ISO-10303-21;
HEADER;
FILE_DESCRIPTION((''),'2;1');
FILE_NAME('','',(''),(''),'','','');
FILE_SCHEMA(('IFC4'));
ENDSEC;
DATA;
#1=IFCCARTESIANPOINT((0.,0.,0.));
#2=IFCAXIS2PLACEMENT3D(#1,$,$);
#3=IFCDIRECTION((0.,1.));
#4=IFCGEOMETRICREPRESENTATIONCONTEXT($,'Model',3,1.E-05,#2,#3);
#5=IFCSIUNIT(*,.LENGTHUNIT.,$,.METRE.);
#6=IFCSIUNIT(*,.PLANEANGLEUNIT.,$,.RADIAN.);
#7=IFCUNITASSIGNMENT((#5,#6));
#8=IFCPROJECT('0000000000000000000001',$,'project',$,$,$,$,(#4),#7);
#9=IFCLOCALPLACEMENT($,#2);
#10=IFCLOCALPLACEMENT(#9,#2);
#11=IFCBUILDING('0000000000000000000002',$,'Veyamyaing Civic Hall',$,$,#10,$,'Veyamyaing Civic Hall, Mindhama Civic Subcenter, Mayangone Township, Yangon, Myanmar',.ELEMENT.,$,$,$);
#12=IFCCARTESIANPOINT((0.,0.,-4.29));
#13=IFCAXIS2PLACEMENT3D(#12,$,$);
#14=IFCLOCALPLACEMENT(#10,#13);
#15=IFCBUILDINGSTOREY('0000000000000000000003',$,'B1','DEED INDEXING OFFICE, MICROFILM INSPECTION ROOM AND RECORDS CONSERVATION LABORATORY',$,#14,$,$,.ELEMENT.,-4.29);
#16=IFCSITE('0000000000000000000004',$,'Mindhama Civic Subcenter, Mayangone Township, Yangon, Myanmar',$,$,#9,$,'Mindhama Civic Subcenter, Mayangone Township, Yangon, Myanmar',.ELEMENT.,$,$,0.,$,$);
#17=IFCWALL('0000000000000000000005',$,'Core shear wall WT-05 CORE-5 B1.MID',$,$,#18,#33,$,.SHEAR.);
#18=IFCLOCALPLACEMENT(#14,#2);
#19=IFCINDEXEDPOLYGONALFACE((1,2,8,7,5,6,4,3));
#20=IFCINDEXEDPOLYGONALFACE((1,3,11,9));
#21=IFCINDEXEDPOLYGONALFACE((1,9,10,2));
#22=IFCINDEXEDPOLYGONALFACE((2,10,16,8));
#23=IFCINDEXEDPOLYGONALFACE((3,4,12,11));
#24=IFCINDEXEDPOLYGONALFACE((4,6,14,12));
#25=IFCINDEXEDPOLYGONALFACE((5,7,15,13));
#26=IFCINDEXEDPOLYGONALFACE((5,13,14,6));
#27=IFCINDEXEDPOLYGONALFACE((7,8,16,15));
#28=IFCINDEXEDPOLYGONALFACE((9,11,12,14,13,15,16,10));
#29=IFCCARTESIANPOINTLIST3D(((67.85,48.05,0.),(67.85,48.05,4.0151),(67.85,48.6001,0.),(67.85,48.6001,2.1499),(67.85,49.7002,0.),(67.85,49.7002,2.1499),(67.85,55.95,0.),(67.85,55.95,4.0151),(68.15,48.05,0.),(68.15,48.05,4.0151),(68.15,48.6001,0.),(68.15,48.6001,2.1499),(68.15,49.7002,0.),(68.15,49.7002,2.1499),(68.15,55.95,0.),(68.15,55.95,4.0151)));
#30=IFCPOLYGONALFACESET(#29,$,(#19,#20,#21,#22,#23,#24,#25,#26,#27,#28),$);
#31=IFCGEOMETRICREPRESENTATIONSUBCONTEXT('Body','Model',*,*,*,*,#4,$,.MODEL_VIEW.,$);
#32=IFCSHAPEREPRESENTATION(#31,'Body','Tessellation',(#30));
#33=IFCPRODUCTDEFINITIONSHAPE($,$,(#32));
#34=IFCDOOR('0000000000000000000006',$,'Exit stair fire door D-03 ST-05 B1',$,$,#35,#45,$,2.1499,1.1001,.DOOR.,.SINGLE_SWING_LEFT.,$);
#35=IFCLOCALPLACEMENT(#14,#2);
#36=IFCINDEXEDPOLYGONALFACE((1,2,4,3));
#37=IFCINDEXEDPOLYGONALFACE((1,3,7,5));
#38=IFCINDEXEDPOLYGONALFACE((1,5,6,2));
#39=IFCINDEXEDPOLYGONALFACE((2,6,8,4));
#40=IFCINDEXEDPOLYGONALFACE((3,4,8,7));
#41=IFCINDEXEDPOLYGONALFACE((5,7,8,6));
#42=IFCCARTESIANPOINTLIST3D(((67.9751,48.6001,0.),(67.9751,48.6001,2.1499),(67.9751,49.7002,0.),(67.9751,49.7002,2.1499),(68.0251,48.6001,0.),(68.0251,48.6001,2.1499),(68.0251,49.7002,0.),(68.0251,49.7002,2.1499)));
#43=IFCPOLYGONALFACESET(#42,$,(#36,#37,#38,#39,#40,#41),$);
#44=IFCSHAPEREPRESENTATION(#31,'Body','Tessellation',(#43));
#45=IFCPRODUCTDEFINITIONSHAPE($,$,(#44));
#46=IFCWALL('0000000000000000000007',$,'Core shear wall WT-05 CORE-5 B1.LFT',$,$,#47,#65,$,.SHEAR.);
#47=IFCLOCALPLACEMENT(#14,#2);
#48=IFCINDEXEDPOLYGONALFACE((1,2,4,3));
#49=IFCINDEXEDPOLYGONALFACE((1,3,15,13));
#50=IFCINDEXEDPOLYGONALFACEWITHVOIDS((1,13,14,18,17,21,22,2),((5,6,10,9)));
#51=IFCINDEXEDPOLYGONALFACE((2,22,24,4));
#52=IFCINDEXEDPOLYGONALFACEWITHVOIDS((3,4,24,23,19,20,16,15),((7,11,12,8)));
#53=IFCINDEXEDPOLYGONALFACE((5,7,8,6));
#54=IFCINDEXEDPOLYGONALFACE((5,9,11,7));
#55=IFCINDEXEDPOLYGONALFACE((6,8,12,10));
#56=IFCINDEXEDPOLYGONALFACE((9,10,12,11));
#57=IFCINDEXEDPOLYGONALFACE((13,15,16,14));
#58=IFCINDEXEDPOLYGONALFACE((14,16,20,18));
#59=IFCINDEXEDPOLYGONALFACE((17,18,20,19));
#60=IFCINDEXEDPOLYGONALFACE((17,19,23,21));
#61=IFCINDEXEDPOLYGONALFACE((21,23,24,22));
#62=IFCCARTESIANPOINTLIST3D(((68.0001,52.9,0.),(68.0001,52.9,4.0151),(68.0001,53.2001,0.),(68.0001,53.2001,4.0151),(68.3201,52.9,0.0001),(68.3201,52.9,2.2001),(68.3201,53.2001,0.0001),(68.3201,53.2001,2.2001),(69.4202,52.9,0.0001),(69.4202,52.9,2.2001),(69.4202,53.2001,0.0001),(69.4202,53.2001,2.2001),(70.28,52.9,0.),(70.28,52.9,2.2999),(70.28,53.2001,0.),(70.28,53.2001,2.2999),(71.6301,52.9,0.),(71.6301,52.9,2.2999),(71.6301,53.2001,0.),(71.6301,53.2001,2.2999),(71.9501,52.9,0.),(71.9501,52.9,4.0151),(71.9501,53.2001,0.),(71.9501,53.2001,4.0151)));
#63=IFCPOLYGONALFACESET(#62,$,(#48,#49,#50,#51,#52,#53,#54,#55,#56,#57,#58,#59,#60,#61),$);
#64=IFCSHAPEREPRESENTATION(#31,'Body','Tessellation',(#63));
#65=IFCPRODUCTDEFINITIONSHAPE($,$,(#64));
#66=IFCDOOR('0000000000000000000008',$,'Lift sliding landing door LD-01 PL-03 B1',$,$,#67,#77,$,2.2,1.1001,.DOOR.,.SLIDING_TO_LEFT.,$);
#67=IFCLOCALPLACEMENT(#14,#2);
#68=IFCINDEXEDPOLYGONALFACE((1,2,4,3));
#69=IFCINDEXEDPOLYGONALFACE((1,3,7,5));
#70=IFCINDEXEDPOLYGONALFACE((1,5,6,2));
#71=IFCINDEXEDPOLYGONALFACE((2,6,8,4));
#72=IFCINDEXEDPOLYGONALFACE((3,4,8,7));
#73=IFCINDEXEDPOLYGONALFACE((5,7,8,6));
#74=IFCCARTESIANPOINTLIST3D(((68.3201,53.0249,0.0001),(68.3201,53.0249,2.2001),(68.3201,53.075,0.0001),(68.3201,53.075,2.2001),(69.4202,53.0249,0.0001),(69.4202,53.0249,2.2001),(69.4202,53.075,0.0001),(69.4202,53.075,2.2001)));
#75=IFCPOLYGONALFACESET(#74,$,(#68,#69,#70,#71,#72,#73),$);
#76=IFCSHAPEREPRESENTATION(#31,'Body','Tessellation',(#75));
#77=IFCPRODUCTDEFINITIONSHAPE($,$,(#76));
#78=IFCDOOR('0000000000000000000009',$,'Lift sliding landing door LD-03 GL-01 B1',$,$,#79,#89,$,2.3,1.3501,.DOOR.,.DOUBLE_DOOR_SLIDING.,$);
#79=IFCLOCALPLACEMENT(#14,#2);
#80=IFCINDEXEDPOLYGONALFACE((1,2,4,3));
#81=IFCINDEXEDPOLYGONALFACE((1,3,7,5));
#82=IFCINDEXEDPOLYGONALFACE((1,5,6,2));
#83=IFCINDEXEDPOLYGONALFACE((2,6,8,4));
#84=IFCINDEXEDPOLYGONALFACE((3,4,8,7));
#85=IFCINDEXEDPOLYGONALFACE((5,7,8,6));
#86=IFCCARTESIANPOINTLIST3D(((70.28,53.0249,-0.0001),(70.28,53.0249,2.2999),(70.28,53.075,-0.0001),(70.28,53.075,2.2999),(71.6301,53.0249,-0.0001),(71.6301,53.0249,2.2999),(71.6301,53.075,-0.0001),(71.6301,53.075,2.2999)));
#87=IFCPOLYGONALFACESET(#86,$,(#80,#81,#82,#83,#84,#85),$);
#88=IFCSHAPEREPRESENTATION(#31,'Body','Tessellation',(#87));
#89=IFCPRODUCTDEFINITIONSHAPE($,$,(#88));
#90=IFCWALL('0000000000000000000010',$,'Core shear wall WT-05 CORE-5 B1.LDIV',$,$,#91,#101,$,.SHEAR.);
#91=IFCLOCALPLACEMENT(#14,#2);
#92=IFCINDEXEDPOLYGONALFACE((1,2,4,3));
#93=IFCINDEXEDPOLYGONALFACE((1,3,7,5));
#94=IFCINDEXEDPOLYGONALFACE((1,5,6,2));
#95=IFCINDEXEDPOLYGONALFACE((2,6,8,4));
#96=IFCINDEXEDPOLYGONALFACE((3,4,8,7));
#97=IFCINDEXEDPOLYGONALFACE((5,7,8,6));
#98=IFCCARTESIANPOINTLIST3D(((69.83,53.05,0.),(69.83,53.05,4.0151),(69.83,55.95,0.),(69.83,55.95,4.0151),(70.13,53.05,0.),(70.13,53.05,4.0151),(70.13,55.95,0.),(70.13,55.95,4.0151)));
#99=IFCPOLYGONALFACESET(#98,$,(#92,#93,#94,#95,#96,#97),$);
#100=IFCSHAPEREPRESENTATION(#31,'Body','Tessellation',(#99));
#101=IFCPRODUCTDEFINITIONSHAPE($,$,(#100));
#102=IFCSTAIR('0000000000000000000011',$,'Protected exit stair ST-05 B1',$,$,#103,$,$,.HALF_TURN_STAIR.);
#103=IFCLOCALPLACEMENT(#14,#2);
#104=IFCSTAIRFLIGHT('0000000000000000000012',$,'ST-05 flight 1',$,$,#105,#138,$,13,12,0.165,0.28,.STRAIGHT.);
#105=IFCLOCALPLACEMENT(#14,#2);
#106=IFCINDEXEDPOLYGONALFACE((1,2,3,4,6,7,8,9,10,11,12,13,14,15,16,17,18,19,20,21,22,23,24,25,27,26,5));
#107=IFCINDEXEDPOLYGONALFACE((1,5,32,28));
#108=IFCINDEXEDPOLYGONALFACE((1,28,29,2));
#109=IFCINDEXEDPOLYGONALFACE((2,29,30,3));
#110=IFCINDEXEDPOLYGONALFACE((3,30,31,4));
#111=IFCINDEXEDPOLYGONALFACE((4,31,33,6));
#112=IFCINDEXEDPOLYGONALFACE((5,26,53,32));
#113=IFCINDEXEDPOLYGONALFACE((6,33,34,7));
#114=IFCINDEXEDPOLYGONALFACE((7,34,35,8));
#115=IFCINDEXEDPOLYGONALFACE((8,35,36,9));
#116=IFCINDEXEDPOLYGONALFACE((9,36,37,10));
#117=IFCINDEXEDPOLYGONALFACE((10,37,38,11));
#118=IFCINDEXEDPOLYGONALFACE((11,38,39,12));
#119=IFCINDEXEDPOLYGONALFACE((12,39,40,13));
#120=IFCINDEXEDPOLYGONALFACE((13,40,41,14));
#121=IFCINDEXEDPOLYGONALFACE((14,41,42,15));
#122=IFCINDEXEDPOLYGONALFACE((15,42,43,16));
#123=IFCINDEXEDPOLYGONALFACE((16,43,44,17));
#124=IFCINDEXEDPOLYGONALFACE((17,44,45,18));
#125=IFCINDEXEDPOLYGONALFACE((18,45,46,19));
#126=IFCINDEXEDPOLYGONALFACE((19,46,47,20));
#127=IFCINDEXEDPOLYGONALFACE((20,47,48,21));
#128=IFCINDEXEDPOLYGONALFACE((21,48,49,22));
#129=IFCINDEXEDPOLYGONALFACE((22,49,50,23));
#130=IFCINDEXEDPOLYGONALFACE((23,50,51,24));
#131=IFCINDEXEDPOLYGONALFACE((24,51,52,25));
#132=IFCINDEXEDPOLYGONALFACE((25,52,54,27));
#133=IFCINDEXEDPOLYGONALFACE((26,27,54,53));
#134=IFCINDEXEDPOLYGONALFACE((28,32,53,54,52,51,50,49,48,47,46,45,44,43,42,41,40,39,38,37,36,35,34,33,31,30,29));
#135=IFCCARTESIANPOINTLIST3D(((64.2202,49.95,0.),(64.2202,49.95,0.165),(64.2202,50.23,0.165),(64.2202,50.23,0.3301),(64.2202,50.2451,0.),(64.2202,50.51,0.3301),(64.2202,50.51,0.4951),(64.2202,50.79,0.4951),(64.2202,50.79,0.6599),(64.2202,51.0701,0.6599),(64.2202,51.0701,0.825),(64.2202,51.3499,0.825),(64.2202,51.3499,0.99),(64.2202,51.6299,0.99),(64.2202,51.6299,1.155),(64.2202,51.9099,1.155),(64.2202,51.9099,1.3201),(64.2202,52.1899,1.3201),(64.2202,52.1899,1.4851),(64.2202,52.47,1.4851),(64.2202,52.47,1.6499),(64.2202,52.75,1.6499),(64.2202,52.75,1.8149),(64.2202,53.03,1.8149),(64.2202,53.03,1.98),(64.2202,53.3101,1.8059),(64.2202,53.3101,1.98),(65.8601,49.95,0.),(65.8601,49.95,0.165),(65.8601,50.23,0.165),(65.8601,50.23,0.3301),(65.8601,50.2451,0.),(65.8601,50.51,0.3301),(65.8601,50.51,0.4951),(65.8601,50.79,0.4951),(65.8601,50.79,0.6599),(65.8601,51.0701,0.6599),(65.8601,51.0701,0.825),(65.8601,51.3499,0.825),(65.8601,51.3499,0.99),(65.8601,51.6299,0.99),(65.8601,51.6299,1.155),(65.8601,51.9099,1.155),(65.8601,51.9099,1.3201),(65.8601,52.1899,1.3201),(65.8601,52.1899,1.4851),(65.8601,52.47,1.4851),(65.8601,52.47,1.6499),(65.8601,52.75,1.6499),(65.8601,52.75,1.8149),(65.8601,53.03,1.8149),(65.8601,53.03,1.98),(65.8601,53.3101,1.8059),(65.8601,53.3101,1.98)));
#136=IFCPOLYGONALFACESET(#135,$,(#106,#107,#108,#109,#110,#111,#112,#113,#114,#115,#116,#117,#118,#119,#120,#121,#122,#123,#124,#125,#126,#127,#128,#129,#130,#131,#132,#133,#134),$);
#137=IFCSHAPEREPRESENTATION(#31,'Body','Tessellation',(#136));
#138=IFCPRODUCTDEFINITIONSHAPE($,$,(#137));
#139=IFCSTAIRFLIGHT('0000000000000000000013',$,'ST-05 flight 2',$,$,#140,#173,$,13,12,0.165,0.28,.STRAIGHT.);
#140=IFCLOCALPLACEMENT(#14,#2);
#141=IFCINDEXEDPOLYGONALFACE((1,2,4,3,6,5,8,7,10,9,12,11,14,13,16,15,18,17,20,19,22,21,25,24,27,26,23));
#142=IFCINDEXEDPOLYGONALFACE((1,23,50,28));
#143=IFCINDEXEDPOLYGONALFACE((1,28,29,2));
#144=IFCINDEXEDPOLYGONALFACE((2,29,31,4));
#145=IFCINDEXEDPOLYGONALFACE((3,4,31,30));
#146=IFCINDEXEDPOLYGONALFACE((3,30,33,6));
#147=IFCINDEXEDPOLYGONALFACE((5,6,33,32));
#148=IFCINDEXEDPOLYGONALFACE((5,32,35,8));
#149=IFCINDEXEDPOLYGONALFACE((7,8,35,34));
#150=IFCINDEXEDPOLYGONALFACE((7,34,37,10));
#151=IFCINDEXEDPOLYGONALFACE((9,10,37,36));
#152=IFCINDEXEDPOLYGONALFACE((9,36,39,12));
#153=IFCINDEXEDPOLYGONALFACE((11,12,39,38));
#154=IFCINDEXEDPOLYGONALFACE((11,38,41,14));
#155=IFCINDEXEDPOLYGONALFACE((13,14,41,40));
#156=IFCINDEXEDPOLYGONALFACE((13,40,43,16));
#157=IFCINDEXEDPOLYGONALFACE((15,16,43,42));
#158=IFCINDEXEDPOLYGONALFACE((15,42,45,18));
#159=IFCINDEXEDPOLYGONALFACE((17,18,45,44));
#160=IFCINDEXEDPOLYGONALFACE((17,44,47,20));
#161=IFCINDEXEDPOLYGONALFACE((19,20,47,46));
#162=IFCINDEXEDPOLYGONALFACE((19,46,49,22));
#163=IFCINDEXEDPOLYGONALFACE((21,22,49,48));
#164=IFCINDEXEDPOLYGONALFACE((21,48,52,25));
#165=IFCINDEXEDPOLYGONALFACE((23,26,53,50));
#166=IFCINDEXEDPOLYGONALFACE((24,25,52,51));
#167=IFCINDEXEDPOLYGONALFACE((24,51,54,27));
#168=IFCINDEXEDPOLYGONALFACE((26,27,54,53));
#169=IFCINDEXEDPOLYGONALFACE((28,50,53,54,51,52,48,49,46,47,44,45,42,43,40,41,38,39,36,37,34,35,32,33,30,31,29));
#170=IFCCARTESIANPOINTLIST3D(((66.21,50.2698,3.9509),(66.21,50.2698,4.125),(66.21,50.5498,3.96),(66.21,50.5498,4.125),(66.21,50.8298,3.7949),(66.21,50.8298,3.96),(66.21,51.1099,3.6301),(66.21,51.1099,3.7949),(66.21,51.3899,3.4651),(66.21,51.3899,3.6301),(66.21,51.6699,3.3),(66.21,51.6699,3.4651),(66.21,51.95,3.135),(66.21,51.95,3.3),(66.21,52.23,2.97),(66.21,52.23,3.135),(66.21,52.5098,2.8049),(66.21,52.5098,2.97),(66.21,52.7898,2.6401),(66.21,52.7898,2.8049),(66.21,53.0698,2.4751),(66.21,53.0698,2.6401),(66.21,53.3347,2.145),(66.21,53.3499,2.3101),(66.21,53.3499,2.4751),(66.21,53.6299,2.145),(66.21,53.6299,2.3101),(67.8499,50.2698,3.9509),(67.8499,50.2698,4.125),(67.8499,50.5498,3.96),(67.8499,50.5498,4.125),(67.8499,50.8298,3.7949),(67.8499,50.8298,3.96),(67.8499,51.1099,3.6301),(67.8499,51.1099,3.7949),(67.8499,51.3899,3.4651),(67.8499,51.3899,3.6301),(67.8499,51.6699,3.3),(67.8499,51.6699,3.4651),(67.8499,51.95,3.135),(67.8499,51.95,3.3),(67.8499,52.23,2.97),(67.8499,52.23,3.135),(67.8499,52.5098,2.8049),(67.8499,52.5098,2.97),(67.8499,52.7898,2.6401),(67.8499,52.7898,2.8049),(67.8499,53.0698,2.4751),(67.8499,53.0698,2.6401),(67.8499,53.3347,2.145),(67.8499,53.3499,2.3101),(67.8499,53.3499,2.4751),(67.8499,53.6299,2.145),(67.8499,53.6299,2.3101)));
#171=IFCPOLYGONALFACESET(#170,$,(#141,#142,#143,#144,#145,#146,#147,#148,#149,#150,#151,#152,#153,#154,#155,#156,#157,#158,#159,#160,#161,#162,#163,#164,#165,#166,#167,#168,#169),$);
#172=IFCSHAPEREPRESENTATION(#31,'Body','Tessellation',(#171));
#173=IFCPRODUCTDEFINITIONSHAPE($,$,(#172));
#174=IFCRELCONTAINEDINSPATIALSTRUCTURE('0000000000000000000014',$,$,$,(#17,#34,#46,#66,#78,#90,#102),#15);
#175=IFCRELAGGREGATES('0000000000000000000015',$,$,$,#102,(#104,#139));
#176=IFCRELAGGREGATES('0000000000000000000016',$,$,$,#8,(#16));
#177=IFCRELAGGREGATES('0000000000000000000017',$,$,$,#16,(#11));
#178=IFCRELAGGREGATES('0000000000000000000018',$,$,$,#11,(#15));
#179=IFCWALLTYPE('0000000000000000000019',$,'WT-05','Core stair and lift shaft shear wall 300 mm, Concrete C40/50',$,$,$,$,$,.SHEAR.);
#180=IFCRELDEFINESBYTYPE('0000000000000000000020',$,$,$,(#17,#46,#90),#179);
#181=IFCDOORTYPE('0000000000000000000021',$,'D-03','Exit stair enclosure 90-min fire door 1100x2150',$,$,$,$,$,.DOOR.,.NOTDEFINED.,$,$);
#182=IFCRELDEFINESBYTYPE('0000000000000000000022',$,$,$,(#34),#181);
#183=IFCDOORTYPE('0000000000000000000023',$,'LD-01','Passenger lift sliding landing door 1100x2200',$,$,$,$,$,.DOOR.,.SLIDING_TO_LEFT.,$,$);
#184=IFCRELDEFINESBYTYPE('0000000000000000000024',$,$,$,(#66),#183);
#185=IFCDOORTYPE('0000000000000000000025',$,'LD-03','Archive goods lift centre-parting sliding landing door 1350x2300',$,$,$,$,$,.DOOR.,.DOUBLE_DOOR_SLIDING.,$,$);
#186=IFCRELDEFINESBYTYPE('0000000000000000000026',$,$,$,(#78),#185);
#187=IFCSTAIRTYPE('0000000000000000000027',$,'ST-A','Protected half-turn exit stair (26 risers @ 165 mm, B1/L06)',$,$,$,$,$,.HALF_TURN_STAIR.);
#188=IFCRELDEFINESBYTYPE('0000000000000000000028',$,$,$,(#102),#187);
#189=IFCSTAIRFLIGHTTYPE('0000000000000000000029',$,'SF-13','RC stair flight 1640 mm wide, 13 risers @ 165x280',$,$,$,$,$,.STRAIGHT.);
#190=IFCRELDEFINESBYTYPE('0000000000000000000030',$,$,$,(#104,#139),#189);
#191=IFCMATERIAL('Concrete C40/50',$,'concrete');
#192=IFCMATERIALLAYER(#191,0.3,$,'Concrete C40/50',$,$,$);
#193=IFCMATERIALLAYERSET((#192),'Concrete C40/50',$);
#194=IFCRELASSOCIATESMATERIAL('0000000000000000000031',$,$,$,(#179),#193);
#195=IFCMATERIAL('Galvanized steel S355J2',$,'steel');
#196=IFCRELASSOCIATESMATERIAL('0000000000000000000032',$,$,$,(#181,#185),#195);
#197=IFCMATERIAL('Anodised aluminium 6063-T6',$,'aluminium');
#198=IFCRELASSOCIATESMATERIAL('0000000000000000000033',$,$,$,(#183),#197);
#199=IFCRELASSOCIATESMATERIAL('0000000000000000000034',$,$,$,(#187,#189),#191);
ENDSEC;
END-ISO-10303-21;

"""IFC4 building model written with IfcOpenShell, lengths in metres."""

from ifc_helpers import new_model, si_unit, direction, frame, frame_2d, origin, place, context, subcontext, project, spatial, polyline, rectangle, outline, extrude, material, layer, layer_set, type_object, element, fill, aggregate, save


model = new_model("IFC4")

# Units and contexts
model_context = context("Model", 3, precision=1e-05, world=origin(), true_north=direction((0.0, 1.0)))
body_context = subcontext(model_context, "Body", "Model", "MODEL_VIEW")
ifc_project = project(units=[si_unit("LENGTHUNIT", "METRE"), si_unit("PLANEANGLEUNIT", "RADIAN")], contexts=[model_context])

# Site, building, storey
site_placement = place(None, origin())
site = spatial("IfcSite", under=ifc_project, at=site_placement, Name="Mindhama Civic Subcenter, Mayangone Township, Yangon, Myanmar", LongName="Mindhama Civic Subcenter, Mayangone Township, Yangon, Myanmar", CompositionType="ELEMENT", RefElevation=0.0)
building_placement = place(site_placement, origin())
building = spatial("IfcBuilding", under=site, at=building_placement, Name="Veyamyaing Civic Hall", LongName="Veyamyaing Civic Hall, Mindhama Civic Subcenter, Mayangone Township, Yangon, Myanmar", CompositionType="ELEMENT")
storey_placement = place(building_placement, frame((0.0, 0.0, -4.29)))
storey = spatial("IfcBuildingStorey", under=building, at=storey_placement, Name="B1", Description="DEED INDEXING OFFICE, MICROFILM INSPECTION ROOM AND RECORDS CONSERVATION LABORATORY", CompositionType="ELEMENT", Elevation=-4.29)

# Shared definitions
ifc_material_1 = material(Name="Concrete C40/50", Category="concrete")
ifc_layer_1 = layer(ifc_material_1, 0.3, Name="Concrete C40/50")
ifc_layer_set_1 = layer_set([ifc_layer_1], Name="Concrete C40/50")
wall_type_1 = type_object("IfcWallType", Name="WT-05", Description="Core stair and lift shaft shear wall 300 mm, Concrete C40/50", PredefinedType="SHEAR", material=ifc_layer_set_1)

# Wall, opening, door
wall_1_placement = place(storey_placement, frame((68.0, 48.05, 0.0), z_axis=(0.0, 0.0, 1.0), x_axis=(0.0, 1.0, 0.0)))
wall_1 = element("IfcWall", 1, at=wall_1_placement, inside=storey, type_object=wall_type_1, Name="Core shear wall WT-05 CORE-5 B1.MID", PredefinedType="SHEAR", context=body_context, shape_type="SweptSolid", body=[
    extrude(rectangle(XDim=7.8999, YDim=0.3, at=frame_2d((3.95, 0.0))), origin(), (0.0, 0.0, 1.0), 4.0151),
])
opening_1_placement = place(wall_1_placement, frame((0.55, 0.0, 0.0)))
opening_1 = element("IfcOpeningElement", 2, at=opening_1_placement, cuts=wall_1, PredefinedType="OPENING", context=body_context, shape_type="SweptSolid", body=[
    extrude(rectangle(XDim=1.1001, YDim=2.1499, at=frame_2d((0.55, 1.075))), frame((0.0, 0.1599, 0.0), z_axis=(0.0, -1.0, 0.0), x_axis=(1.0, 0.0, 0.0)), (0.0, 0.0, 1.0), 0.3201),
])
ifc_material_2 = material(Name="Galvanized steel S355J2", Category="steel")
door_type_1 = type_object("IfcDoorType", Name="D-03", Description="Exit stair enclosure 90-min fire door 1100x2150", OperationType="NOTDEFINED", PredefinedType="DOOR", material=ifc_material_2)
door_1_placement = place(opening_1_placement, origin())
door_1 = element("IfcDoor", 3, at=door_1_placement, inside=storey, type_object=door_type_1, Name="Exit stair fire door D-03 ST-05 B1", OperationType="SINGLE_SWING_LEFT", OverallHeight=2.1499, OverallWidth=1.1001, PredefinedType="DOOR", context=body_context, shape_type="SweptSolid", body=[
    extrude(rectangle(XDim=1.1001, YDim=2.1499, at=frame_2d((0.55, 1.075))), frame((0.0, 0.0249, 0.0), z_axis=(0.0, -1.0, 0.0), x_axis=(1.0, 0.0, 0.0)), (0.0, 0.0, 1.0), 0.05),
])
fill(opening_1, door_1)

# Wall, openings, doors
wall_2_placement = place(storey_placement, frame((68.0, 53.05, 0.0), z_axis=(0.0, 0.0, 1.0), x_axis=(1.0, 0.0, 0.0)))
wall_2 = element("IfcWall", 4, at=wall_2_placement, inside=storey, type_object=wall_type_1, Name="Core shear wall WT-05 CORE-5 B1.LFT", PredefinedType="SHEAR", context=body_context, shape_type="SweptSolid", body=[
    extrude(rectangle(XDim=3.95, YDim=0.3, at=frame_2d((1.9751, 0.0))), origin(), (0.0, 0.0, 1.0), 4.0151),
])
opening_2_placement = place(wall_2_placement, frame((0.3201, 0.0, 0.0)))
opening_2 = element("IfcOpeningElement", 5, at=opening_2_placement, cuts=wall_2, PredefinedType="OPENING", context=body_context, shape_type="SweptSolid", body=[
    extrude(rectangle(XDim=1.1001, YDim=2.2, at=frame_2d((0.55, 1.1001))), frame((0.0, 0.1599, 0.0), z_axis=(0.0, -1.0, 0.0), x_axis=(1.0, 0.0, 0.0)), (0.0, 0.0, 1.0), 0.3201),
])
opening_3_placement = place(wall_2_placement, frame((2.28, 0.0, 0.0)))
opening_3 = element("IfcOpeningElement", 6, at=opening_3_placement, cuts=wall_2, PredefinedType="OPENING", context=body_context, shape_type="SweptSolid", body=[
    extrude(rectangle(XDim=1.3501, YDim=2.3, at=frame_2d((0.675, 1.1499))), frame((0.0, 0.1599, 0.0), z_axis=(0.0, -1.0, 0.0), x_axis=(1.0, 0.0, 0.0)), (0.0, 0.0, 1.0), 0.3201),
])
ifc_material_3 = material(Name="Anodised aluminium 6063-T6", Category="aluminium")
door_type_2 = type_object("IfcDoorType", Name="LD-01", Description="Passenger lift sliding landing door 1100x2200", OperationType="SLIDING_TO_LEFT", PredefinedType="DOOR", material=ifc_material_3)
door_2_placement = place(opening_2_placement, origin())
door_2 = element("IfcDoor", 7, at=door_2_placement, inside=storey, type_object=door_type_2, Name="Lift sliding landing door LD-01 PL-03 B1", OperationType="SLIDING_TO_LEFT", OverallHeight=2.2, OverallWidth=1.1001, PredefinedType="DOOR", context=body_context, shape_type="SweptSolid", body=[
    extrude(rectangle(XDim=1.1001, YDim=2.2, at=frame_2d((0.55, 1.1001))), frame((0.0, 0.0249, 0.0), z_axis=(0.0, -1.0, 0.0), x_axis=(1.0, 0.0, 0.0)), (0.0, 0.0, 1.0), 0.05),
])
fill(opening_2, door_2)
door_type_3 = type_object("IfcDoorType", Name="LD-03", Description="Archive goods lift centre-parting sliding landing door 1350x2300", OperationType="DOUBLE_DOOR_SLIDING", PredefinedType="DOOR", material=ifc_material_2)
door_3_placement = place(opening_3_placement, origin())
door_3 = element("IfcDoor", 8, at=door_3_placement, inside=storey, type_object=door_type_3, Name="Lift sliding landing door LD-03 GL-01 B1", OperationType="DOUBLE_DOOR_SLIDING", OverallHeight=2.3, OverallWidth=1.3501, PredefinedType="DOOR", context=body_context, shape_type="SweptSolid", body=[
    extrude(rectangle(XDim=1.3501, YDim=2.3, at=frame_2d((0.675, 1.1499))), frame((0.0, 0.0249, 0.0), z_axis=(0.0, -1.0, 0.0), x_axis=(1.0, 0.0, 0.0)), (0.0, 0.0, 1.0), 0.05),
])
fill(opening_3, door_3)

# Wall
wall_3_placement = place(storey_placement, frame((69.98, 53.05, 0.0), z_axis=(0.0, 0.0, 1.0), x_axis=(0.0, 1.0, 0.0)))
element("IfcWall", 9, at=wall_3_placement, inside=storey, type_object=wall_type_1, Name="Core shear wall WT-05 CORE-5 B1.LDIV", PredefinedType="SHEAR", context=body_context, shape_type="SweptSolid", body=[
    extrude(rectangle(XDim=2.8999, YDim=0.3, at=frame_2d((1.45, 0.0))), origin(), (0.0, 0.0, 1.0), 4.0151),
])

# Stair, stair flights
stair_type = type_object("IfcStairType", Name="ST-A", Description="Protected half-turn exit stair (26 risers @ 165 mm, B1/L06)", PredefinedType="HALF_TURN_STAIR", material=ifc_material_1)
stair_placement = place(storey_placement, origin())
stair = element("IfcStair", 10, at=stair_placement, inside=storey, type_object=stair_type, Name="Protected exit stair ST-05 B1", PredefinedType="HALF_TURN_STAIR")
stair_flight_type = type_object("IfcStairFlightType", Name="SF-13", Description="RC stair flight 1640 mm wide, 13 risers @ 165x280", PredefinedType="STRAIGHT", material=ifc_material_1)
stair_flight_1_placement = place(storey_placement, frame((65.04, 49.95, 0.0), z_axis=(0.0, 0.0, 1.0), x_axis=(0.0, 1.0, 0.0)))
stair_flight_1 = element("IfcStairFlight", 11, at=stair_flight_1_placement, type_object=stair_flight_type, Name="ST-05 flight 1", NumberOfRisers=13, NumberOfTreads=12, PredefinedType="STRAIGHT", RiserHeight=0.165, TreadLength=0.28, context=body_context, shape_type="SweptSolid", body=[
    extrude(outline(polyline([(0.0, 0.0), (0.0, 0.165), (0.28, 0.165), (0.28, 0.3301), (0.5601, 0.3301), (0.5601, 0.4951), (0.8401, 0.4951), (0.8401, 0.6599), (1.1201, 0.6599), (1.1201, 0.825), (1.3999, 0.825), (1.3999, 0.99), (1.6799, 0.99), (1.6799, 1.155), (1.96, 1.155), (1.96, 1.3201), (2.24, 1.3201), (2.24, 1.4851), (2.52, 1.4851), (2.52, 1.6499), (2.8, 1.6499), (2.8, 1.8149), (3.0801, 1.8149), (3.0801, 1.98), (3.3601, 1.98), (3.3601, 2.145), (3.3601, 1.8059), (0.2952, 0.0), (0.0, 0.0)])), frame((0.0, 0.8198, 0.0), z_axis=(0.0, -1.0, 0.0), x_axis=(1.0, 0.0, 0.0)), (0.0, 0.0, 1.0), 1.6399),
])
stair_flight_2_placement = place(storey_placement, frame((67.03, 53.6299, 2.145), z_axis=(0.0, 0.0, 1.0), x_axis=(0.0, -1.0, 0.0)))
stair_flight_2 = element("IfcStairFlight", 12, at=stair_flight_2_placement, type_object=stair_flight_type, Name="ST-05 flight 2", NumberOfRisers=13, NumberOfTreads=12, PredefinedType="STRAIGHT", RiserHeight=0.165, TreadLength=0.28, context=body_context, shape_type="SweptSolid", body=[
    extrude(outline(polyline([(0.0, 0.0), (0.0, 0.165), (0.28, 0.165), (0.28, 0.3301), (0.5601, 0.3301), (0.5601, 0.4951), (0.8401, 0.4951), (0.8401, 0.6599), (1.1201, 0.6599), (1.1201, 0.825), (1.3999, 0.825), (1.3999, 0.99), (1.6799, 0.99), (1.6799, 1.155), (1.96, 1.155), (1.96, 1.3201), (2.24, 1.3201), (2.24, 1.4851), (2.52, 1.4851), (2.52, 1.6499), (2.8, 1.6499), (2.8, 1.8149), (3.0801, 1.8149), (3.0801, 1.98), (3.3601, 1.98), (3.3601, 2.145), (3.3601, 1.8059), (0.2952, 0.0), (0.0, 0.0)])), frame((0.0, 0.8198, 0.0), z_axis=(0.0, -1.0, 0.0), x_axis=(1.0, 0.0, 0.0)), (0.0, 0.0, 1.0), 1.6399),
])
aggregate(stair, [stair_flight_1, stair_flight_2])

save(model, "model.ifc")
